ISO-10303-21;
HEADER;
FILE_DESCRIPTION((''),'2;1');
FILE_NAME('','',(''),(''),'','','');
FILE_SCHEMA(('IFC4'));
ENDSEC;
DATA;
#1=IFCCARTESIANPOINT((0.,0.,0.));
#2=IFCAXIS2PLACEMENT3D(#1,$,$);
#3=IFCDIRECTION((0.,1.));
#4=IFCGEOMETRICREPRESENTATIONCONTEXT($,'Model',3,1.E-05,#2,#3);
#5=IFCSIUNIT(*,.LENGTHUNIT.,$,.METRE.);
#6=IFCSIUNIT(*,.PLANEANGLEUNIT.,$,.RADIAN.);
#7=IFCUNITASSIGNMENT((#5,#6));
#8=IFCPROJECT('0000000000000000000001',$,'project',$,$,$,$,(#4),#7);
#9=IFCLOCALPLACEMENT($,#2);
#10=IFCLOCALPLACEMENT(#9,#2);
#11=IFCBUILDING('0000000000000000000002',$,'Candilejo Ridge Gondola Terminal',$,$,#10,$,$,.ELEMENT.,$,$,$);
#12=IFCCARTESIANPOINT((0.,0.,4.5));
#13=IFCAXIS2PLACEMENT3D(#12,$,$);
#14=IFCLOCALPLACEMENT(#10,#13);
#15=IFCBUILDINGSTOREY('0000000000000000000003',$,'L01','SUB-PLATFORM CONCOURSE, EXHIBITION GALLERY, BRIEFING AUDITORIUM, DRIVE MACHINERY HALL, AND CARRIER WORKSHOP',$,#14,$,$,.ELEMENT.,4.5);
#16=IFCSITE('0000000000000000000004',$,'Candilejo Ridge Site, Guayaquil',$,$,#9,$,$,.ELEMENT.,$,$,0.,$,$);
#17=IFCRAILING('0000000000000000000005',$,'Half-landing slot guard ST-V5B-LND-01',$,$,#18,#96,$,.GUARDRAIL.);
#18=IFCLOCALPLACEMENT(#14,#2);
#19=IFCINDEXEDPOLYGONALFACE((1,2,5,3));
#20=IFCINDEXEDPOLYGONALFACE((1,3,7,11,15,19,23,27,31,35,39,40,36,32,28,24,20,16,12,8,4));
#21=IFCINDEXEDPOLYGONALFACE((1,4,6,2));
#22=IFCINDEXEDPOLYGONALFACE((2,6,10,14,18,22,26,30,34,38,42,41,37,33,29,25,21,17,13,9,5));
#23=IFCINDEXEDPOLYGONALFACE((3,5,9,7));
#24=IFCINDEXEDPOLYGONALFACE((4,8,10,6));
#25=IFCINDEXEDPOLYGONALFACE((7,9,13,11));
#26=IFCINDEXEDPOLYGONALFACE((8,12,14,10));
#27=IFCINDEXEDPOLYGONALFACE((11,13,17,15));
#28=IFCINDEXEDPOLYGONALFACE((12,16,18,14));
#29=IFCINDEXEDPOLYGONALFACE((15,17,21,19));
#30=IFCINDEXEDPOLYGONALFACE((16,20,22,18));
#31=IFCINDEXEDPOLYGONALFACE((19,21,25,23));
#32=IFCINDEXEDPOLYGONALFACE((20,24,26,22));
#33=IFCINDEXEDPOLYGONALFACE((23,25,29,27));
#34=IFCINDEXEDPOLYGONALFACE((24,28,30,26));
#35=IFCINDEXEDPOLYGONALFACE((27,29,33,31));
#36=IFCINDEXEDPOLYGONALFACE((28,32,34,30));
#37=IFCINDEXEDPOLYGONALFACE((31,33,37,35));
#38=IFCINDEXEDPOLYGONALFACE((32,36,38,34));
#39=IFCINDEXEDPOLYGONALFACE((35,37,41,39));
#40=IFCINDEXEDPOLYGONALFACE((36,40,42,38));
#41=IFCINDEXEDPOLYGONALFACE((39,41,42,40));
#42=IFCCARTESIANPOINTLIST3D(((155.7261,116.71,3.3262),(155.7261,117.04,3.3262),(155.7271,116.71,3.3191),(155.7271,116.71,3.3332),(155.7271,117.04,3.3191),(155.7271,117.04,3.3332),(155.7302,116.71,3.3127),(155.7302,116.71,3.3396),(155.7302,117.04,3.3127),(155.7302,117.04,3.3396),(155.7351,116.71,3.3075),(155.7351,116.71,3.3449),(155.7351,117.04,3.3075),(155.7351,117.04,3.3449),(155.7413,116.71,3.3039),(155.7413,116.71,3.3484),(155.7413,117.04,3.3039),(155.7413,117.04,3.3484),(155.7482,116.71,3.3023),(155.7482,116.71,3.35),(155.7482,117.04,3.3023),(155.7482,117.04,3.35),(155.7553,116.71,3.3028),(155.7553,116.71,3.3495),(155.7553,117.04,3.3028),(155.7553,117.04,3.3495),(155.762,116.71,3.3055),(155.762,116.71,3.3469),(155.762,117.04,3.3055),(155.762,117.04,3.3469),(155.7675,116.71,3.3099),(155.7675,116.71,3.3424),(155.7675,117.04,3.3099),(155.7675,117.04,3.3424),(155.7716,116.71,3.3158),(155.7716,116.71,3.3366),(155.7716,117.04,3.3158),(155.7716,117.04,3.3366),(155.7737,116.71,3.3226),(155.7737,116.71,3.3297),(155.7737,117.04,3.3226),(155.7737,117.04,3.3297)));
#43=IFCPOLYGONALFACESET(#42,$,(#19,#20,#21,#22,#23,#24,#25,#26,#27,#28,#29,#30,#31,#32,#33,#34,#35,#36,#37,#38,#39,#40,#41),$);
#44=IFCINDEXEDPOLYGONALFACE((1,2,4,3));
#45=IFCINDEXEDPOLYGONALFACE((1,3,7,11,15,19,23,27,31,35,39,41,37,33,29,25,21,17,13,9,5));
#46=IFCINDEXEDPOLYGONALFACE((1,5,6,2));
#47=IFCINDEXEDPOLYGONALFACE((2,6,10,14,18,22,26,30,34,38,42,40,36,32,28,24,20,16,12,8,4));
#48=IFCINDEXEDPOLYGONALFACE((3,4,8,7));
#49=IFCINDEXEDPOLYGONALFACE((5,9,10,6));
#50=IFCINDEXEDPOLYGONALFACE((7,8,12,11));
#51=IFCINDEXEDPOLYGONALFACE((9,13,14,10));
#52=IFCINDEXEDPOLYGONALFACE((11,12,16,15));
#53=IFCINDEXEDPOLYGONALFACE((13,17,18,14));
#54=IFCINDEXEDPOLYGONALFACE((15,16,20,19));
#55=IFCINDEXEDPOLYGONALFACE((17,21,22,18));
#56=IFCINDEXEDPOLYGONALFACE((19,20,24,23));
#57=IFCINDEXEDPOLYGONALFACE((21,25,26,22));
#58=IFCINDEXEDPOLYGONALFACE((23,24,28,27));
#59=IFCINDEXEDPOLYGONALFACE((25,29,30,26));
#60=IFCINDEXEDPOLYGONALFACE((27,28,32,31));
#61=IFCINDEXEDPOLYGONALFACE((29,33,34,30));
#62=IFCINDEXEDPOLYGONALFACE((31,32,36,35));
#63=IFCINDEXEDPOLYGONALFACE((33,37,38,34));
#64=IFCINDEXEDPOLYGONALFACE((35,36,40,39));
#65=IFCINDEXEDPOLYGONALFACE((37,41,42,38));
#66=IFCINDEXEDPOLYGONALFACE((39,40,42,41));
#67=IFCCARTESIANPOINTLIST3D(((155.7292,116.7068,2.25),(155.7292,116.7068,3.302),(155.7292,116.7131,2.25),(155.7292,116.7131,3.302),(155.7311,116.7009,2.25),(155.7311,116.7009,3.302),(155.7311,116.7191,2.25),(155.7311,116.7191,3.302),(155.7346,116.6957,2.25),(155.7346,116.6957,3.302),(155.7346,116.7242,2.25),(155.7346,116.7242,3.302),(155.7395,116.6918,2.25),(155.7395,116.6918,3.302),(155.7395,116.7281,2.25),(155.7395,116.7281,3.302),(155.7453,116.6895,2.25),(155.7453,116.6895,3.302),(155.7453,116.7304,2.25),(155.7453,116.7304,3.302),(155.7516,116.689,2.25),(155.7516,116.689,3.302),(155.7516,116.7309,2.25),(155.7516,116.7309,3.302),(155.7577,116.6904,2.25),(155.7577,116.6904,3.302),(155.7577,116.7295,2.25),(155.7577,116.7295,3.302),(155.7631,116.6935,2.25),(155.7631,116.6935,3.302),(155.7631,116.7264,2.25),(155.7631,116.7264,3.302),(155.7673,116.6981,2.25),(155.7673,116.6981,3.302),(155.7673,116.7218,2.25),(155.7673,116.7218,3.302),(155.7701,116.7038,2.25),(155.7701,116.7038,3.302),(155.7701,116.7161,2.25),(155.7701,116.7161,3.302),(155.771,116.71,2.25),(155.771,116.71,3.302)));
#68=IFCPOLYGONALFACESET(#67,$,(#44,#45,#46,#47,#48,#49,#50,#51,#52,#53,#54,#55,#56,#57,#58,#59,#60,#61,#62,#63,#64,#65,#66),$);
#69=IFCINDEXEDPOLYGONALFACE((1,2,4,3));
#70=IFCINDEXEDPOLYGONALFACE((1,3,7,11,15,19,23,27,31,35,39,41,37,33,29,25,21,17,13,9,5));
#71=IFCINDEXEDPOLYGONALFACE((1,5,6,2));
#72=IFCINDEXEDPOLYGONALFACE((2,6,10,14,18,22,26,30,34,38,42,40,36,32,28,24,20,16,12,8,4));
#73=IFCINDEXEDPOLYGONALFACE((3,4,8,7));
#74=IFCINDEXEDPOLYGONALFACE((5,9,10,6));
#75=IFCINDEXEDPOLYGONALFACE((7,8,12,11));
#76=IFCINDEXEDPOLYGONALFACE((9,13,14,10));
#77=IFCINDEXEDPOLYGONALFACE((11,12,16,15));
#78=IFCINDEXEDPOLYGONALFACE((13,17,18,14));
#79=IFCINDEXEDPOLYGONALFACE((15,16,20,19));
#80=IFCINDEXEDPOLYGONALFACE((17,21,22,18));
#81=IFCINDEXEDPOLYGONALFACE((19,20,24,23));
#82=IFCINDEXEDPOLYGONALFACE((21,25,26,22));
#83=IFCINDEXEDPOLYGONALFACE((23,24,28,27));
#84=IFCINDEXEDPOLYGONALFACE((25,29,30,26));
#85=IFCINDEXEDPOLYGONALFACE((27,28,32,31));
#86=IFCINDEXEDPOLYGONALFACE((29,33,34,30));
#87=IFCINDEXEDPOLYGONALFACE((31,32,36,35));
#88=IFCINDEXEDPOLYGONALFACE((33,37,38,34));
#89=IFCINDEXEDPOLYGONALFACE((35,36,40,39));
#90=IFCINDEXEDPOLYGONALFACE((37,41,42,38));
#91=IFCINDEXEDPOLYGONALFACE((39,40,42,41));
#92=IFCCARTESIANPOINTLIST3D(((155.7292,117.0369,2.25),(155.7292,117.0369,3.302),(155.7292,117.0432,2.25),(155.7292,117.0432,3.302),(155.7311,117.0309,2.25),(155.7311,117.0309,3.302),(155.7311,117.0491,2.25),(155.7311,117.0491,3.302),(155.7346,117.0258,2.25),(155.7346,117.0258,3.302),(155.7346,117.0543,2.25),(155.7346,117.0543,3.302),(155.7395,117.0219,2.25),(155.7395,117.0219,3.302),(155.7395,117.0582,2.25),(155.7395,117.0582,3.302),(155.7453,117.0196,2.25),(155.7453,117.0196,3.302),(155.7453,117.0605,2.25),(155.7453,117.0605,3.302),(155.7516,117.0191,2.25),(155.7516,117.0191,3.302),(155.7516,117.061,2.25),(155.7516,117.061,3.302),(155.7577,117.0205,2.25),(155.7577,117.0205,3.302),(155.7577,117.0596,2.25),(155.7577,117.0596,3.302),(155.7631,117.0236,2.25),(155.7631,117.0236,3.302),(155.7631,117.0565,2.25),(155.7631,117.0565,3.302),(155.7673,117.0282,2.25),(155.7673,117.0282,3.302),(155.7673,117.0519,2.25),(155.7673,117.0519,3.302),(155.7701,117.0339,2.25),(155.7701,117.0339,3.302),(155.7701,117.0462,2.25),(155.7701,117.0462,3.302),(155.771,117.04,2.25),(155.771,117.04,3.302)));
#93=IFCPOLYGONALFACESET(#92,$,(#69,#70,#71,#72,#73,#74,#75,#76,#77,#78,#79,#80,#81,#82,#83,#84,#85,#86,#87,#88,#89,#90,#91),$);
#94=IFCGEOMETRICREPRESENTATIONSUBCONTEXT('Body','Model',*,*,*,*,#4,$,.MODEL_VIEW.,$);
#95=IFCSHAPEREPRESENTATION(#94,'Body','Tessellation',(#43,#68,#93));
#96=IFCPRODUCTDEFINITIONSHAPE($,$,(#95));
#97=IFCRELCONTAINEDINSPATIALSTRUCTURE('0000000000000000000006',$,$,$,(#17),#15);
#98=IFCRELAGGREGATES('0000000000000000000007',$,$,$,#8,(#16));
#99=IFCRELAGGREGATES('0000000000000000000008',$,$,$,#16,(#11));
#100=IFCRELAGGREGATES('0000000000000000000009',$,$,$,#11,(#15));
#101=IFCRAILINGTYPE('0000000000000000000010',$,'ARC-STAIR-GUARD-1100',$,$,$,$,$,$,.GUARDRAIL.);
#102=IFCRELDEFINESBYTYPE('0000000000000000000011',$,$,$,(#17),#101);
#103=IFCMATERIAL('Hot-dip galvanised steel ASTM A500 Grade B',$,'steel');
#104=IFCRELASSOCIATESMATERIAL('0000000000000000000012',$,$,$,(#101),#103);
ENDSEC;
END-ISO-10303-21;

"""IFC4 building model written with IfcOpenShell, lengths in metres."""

from ifc_helpers import new_model, si_unit, direction, frame, origin, origin_2d, place, context, subcontext, project, spatial, circle, extrude, material, type_object, element, save


model = new_model("IFC4")

# Units and contexts
model_context = context("Model", 3, precision=1e-05, world=origin(), true_north=direction((0.0, 1.0)))
body_context = subcontext(model_context, "Body", "Model", "MODEL_VIEW")
ifc_project = project(units=[si_unit("LENGTHUNIT", "METRE"), si_unit("PLANEANGLEUNIT", "RADIAN")], contexts=[model_context])

# Site, building, storey
site_placement = place(None, origin())
site = spatial("IfcSite", under=ifc_project, at=site_placement, Name="Candilejo Ridge Site, Guayaquil", CompositionType="ELEMENT", RefElevation=0.0)
building_placement = place(site_placement, origin())
building = spatial("IfcBuilding", under=site, at=building_placement, Name="Candilejo Ridge Gondola Terminal", CompositionType="ELEMENT")
storey_placement = place(building_placement, frame((0.0, 0.0, 4.5)))
storey = spatial("IfcBuildingStorey", under=building, at=storey_placement, Name="L01", Description="SUB-PLATFORM CONCOURSE, EXHIBITION GALLERY, BRIEFING AUDITORIUM, DRIVE MACHINERY HALL, AND CARRIER WORKSHOP", CompositionType="ELEMENT", Elevation=4.5)

# Railing
ifc_material_1 = material(Name="Hot-dip galvanised steel ASTM A500 Grade B", Category="steel")
railing_type_1 = type_object("IfcRailingType", Name="ARC-STAIR-GUARD-1100", PredefinedType="GUARDRAIL", material=ifc_material_1)
railing_1_placement = place(storey_placement, frame((155.75, 116.71, 2.25)))
element("IfcRailing", 1, at=railing_1_placement, inside=storey, type_object=railing_type_1, Name="Half-landing slot guard ST-V5B-LND-01", PredefinedType="GUARDRAIL", context=body_context, shape_type="SweptSolid", body=[
    extrude(circle(Radius=0.0239, at=origin_2d()), frame((0.0, 0.0, 1.0762), z_axis=(0.0, 1.0, 0.0), x_axis=(-1.0, 0.0, 0.0)), (0.0, 0.0, 1.0), 0.3301),
    extrude(circle(Radius=0.021, at=origin_2d()), origin(), (0.0, 0.0, 1.0), 1.052),
    extrude(circle(Radius=0.021, at=origin_2d()), frame((0.0, 0.3301, 0.0)), (0.0, 0.0, 1.0), 1.052),
])

save(model, "model.ifc")
